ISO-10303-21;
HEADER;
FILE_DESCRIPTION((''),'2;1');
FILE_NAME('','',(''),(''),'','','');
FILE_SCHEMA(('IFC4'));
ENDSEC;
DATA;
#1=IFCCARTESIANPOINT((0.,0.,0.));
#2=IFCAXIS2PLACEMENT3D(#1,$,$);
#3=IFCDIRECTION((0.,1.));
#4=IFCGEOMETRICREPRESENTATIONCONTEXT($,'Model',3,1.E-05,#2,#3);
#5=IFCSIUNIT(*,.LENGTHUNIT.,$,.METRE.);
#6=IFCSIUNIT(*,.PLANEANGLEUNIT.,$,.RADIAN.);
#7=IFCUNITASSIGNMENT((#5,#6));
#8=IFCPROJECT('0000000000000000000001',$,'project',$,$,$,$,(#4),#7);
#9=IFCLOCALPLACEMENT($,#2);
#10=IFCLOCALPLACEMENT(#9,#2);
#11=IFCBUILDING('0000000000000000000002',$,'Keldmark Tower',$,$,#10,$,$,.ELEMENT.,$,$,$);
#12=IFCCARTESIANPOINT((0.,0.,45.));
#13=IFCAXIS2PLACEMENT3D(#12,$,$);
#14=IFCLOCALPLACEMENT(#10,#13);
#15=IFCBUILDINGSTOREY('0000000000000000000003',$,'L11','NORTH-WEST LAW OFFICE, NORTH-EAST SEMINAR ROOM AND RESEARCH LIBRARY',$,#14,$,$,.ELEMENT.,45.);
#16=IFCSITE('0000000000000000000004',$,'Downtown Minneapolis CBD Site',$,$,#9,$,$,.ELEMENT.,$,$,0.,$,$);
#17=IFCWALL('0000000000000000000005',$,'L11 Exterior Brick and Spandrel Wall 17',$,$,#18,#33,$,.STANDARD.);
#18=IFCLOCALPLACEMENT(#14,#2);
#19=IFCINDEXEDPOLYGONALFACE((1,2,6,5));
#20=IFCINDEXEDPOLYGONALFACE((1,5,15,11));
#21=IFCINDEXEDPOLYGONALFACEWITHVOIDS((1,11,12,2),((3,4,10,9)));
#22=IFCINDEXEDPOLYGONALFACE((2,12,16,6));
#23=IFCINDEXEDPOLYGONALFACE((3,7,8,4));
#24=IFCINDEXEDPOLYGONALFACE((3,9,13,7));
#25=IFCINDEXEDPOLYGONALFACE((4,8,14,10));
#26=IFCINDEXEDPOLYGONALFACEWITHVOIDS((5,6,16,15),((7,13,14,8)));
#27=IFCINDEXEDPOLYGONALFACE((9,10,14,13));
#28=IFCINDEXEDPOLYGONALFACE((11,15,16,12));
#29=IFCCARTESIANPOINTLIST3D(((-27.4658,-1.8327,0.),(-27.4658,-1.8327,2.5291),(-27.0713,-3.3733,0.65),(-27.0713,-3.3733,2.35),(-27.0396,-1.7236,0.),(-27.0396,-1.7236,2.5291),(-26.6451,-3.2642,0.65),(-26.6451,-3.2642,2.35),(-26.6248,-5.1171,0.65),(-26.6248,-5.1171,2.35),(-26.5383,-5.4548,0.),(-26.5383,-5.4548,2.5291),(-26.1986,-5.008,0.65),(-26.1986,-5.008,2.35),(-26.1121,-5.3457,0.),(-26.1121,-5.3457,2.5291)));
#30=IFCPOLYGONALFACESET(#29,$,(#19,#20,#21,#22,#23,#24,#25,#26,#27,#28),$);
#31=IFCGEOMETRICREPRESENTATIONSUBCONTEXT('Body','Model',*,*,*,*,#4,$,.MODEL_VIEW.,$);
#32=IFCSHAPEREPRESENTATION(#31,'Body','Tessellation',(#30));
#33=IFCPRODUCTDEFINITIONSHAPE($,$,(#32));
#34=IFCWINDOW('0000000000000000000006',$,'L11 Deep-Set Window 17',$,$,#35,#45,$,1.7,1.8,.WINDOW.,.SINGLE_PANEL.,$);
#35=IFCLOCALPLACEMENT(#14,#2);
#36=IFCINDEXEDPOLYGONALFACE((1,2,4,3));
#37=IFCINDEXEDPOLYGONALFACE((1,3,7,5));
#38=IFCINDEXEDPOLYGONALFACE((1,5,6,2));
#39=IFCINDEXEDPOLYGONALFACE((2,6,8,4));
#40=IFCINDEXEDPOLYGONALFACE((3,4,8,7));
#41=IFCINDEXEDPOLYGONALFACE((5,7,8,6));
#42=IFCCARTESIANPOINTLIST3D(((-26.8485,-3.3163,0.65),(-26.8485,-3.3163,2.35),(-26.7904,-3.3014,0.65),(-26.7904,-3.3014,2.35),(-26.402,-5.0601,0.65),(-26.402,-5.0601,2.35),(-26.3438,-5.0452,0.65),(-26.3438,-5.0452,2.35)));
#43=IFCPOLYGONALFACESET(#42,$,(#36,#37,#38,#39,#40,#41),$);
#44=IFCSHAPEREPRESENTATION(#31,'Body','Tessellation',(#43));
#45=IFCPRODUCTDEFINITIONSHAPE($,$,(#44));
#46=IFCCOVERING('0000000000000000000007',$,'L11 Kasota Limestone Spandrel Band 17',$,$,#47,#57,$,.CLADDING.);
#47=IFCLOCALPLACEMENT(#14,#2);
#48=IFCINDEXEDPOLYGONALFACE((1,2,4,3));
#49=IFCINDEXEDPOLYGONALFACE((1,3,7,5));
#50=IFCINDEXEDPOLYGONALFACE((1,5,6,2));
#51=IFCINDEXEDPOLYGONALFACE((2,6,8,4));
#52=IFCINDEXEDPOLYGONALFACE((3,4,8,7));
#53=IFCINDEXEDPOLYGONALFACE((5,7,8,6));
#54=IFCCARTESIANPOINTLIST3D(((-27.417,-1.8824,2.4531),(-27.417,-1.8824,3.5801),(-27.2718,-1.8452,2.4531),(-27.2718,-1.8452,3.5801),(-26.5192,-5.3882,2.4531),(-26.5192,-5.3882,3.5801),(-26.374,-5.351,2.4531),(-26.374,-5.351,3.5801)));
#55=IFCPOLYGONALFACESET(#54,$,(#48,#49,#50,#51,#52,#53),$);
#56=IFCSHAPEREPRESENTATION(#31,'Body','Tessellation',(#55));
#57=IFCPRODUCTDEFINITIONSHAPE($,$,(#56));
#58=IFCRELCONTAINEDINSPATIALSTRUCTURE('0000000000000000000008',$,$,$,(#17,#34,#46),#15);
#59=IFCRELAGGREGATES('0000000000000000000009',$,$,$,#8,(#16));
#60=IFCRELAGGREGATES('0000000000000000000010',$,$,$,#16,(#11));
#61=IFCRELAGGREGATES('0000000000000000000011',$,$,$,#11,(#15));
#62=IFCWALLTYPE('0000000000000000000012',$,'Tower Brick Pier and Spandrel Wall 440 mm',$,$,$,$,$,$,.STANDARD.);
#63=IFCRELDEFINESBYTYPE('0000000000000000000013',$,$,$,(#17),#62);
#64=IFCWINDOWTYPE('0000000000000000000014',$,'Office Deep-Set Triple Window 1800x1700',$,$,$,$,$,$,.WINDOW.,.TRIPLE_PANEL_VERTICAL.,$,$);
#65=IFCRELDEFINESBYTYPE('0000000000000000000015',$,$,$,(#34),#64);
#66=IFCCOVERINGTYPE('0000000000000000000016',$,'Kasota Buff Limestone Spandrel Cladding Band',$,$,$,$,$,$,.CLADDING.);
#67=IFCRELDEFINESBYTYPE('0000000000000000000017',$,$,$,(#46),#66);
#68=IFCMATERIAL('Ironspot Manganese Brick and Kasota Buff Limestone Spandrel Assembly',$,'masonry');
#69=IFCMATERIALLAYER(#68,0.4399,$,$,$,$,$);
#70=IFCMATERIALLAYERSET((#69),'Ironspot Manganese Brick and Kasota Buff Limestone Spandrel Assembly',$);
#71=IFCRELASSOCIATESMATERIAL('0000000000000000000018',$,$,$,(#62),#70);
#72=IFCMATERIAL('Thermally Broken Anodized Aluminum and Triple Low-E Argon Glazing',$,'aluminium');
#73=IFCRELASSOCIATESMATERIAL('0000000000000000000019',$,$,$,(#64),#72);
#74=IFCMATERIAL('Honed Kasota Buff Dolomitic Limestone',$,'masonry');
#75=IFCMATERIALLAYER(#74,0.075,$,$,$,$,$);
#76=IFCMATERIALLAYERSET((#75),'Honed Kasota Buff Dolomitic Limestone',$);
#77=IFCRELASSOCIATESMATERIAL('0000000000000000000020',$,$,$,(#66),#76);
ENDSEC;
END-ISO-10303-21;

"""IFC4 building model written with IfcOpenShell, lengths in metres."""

from ifc_helpers import new_model, si_unit, direction, frame, frame_2d, origin, origin_2d, place, context, subcontext, project, spatial, rectangle, extrude, material, layer, layer_set, type_object, element, fill, save


model = new_model("IFC4")

# Units and contexts
model_context = context("Model", 3, precision=1e-05, world=origin(), true_north=direction((0.0, 1.0)))
body_context = subcontext(model_context, "Body", "Model", "MODEL_VIEW")
ifc_project = project(units=[si_unit("LENGTHUNIT", "METRE"), si_unit("PLANEANGLEUNIT", "RADIAN")], contexts=[model_context])

# Site, building, storey
site_placement = place(None, origin())
site = spatial("IfcSite", under=ifc_project, at=site_placement, Name="Downtown Minneapolis CBD Site", CompositionType="ELEMENT", RefElevation=0.0)
building_placement = place(site_placement, origin())
building = spatial("IfcBuilding", under=site, at=building_placement, Name="Keldmark Tower", CompositionType="ELEMENT")
storey_placement = place(building_placement, frame((0.0, 0.0, 45.0)))
storey = spatial("IfcBuildingStorey", under=building, at=storey_placement, Name="L11", Description="NORTH-WEST LAW OFFICE, NORTH-EAST SEMINAR ROOM AND RESEARCH LIBRARY", CompositionType="ELEMENT", Elevation=45.0)

# Wall, opening, window
ifc_material_1 = material(Name="Ironspot Manganese Brick and Kasota Buff Limestone Spandrel Assembly", Category="masonry")
ifc_layer_1 = layer(ifc_material_1, 0.4399)
ifc_layer_set_1 = layer_set([ifc_layer_1], Name="Ironspot Manganese Brick and Kasota Buff Limestone Spandrel Assembly")
wall_type_1 = type_object("IfcWallType", Name="Tower Brick Pier and Spandrel Wall 440 mm", PredefinedType="STANDARD", material=ifc_layer_set_1)
ifc_material_2 = material(Name="Thermally Broken Anodized Aluminum and Triple Low-E Argon Glazing", Category="aluminium")
window_type = type_object("IfcWindowType", Name="Office Deep-Set Triple Window 1800x1700", PartitioningType="TRIPLE_PANEL_VERTICAL", PredefinedType="WINDOW", material=ifc_material_2)
wall_1_placement = place(storey_placement, frame((-26.3252, -5.4004, 0.0), z_axis=(0.0, 0.0, 1.0), x_axis=(-0.248063, 0.968744, 0.0)))
wall_1 = element("IfcWall", 1, at=wall_1_placement, inside=storey, type_object=wall_type_1, Name="L11 Exterior Brick and Spandrel Wall 17", PredefinedType="STANDARD", context=body_context, shape_type="SweptSolid", body=[
    extrude(rectangle(XDim=3.739, YDim=0.4399, at=frame_2d((1.8696, 0.0))), origin(), (0.0, 0.0, 1.0), 2.5291),
])
opening_1_placement = place(wall_1_placement, frame((0.3489, 0.0, 0.6499)))
opening_1 = element("IfcOpeningElement", 2, at=opening_1_placement, cuts=wall_1, PredefinedType="OPENING", context=body_context, shape_type="SweptSolid", body=[
    extrude(rectangle(XDim=1.8, YDim=1.7, at=frame_2d((0.8999, 0.8501))), frame((0.0, 0.23, 0.0), z_axis=(0.0, -1.0, 0.0), x_axis=(1.0, 0.0, 0.0)), (0.0, 0.0, 1.0), 0.46),
])
window_1_placement = place(opening_1_placement, origin())
window_1 = element("IfcWindow", 3, at=window_1_placement, inside=storey, type_object=window_type, Name="L11 Deep-Set Window 17", OverallHeight=1.7, OverallWidth=1.8, PartitioningType="SINGLE_PANEL", PredefinedType="WINDOW", context=body_context, shape_type="SweptSolid", body=[
    extrude(rectangle(XDim=1.8, YDim=1.7, at=frame_2d((0.8999, 0.8501))), frame((0.0, -0.01, 0.0), z_axis=(0.0, -1.0, 0.0), x_axis=(1.0, 0.0, 0.0)), (0.0, 0.0, 1.0), 0.0601),
])
fill(opening_1, window_1)

# Covering
ifc_material_3 = material(Name="Honed Kasota Buff Dolomitic Limestone", Category="masonry")
ifc_layer_2 = layer(ifc_material_3, 0.075)
ifc_layer_set_2 = layer_set([ifc_layer_2], Name="Honed Kasota Buff Dolomitic Limestone")
covering_type = type_object("IfcCoveringType", Name="Kasota Buff Limestone Spandrel Cladding Band", PredefinedType="CLADDING", material=ifc_layer_set_2)
covering_placement = place(storey_placement, frame((-26.8955, -3.6167, 2.4531), z_axis=(0.0, 0.0, 1.0), x_axis=(0.248098, -0.968735, 0.0)))
element("IfcCovering", 4, at=covering_placement, inside=storey, type_object=covering_type, Name="L11 Kasota Limestone Spandrel Band 17", PredefinedType="CLADDING", context=body_context, shape_type="SweptSolid", body=[
    extrude(rectangle(XDim=3.6189, YDim=0.1499, at=origin_2d()), origin(), (0.0, 0.0, 1.0), 1.127),
])

save(model, "model.ifc")
